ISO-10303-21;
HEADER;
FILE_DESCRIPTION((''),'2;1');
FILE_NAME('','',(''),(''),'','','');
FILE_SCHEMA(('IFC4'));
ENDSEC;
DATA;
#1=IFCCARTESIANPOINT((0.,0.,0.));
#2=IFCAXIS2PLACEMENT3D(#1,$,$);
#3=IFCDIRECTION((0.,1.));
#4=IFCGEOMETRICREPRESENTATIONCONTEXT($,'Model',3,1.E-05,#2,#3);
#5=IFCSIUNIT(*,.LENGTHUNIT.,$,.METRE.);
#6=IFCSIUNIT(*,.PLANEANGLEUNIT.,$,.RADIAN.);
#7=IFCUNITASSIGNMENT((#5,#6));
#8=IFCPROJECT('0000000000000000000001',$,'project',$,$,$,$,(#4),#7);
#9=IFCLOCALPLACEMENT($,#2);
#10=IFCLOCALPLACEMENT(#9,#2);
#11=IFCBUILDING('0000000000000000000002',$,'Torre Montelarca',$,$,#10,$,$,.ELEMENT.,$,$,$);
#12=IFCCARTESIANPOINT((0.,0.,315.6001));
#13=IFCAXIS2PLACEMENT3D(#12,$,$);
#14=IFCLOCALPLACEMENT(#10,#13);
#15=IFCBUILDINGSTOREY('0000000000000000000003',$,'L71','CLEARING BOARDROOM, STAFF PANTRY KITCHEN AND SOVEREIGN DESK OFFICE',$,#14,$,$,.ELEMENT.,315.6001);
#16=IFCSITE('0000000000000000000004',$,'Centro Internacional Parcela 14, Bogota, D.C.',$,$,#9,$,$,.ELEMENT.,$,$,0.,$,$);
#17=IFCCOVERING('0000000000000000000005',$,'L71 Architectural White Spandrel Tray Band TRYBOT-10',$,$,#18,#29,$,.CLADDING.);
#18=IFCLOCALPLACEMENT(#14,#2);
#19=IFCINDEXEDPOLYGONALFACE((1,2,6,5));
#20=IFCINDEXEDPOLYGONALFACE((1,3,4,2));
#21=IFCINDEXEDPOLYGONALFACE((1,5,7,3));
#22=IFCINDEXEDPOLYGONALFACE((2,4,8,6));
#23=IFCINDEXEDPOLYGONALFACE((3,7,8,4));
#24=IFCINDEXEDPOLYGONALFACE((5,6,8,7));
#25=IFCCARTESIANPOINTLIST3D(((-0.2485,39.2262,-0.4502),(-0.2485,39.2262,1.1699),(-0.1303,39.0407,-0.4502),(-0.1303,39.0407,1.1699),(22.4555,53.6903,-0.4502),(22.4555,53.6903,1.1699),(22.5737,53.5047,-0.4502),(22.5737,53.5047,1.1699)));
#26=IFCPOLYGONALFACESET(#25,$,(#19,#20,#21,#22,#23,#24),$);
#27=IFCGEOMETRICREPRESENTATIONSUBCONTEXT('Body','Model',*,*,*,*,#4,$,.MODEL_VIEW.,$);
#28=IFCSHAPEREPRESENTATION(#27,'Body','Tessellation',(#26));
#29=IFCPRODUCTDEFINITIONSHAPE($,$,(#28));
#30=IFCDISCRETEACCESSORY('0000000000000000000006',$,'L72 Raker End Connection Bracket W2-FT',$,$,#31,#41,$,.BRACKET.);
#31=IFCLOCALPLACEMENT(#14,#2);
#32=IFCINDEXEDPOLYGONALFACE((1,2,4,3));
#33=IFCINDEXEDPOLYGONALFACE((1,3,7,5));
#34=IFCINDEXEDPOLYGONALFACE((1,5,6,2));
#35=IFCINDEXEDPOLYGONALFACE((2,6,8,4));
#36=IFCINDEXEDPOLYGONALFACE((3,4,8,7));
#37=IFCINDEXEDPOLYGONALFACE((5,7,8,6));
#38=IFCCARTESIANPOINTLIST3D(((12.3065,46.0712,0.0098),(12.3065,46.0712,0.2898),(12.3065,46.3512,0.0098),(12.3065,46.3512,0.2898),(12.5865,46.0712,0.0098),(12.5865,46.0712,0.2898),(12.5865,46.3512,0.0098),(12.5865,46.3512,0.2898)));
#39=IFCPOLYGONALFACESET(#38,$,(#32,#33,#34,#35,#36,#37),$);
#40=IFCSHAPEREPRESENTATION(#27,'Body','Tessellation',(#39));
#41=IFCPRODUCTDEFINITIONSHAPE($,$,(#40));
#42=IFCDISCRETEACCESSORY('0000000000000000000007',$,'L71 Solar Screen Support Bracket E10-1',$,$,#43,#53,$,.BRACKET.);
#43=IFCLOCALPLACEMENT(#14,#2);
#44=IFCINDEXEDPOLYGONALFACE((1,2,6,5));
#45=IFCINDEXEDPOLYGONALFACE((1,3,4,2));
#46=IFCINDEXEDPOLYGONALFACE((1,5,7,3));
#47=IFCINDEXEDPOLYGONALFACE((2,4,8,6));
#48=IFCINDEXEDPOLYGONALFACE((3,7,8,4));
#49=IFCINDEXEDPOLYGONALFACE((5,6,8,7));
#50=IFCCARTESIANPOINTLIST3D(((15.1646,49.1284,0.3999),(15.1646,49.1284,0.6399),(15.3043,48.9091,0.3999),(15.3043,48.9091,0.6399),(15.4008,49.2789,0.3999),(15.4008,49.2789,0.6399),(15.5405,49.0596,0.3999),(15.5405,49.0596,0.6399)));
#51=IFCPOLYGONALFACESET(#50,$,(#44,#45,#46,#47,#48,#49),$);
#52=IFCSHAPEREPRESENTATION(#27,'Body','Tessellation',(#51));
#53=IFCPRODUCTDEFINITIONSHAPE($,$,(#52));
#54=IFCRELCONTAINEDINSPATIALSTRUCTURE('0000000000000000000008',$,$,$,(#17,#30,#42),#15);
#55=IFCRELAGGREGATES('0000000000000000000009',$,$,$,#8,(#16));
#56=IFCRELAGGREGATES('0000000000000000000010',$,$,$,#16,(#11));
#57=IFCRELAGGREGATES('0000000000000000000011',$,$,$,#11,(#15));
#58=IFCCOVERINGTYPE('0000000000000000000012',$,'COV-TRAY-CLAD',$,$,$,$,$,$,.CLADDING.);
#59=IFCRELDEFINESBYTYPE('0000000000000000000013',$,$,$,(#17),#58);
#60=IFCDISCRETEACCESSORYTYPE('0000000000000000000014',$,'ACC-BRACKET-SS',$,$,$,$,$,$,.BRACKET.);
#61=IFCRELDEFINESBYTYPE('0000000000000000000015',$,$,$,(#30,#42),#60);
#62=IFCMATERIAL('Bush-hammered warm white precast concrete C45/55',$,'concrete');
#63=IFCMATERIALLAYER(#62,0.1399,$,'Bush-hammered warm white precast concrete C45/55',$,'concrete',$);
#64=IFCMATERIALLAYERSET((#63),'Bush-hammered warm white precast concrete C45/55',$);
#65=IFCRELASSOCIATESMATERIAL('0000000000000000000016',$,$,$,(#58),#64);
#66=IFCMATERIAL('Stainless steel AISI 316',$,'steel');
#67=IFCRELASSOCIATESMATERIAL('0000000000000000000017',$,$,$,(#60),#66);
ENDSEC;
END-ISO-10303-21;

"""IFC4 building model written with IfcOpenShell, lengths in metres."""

from ifc_helpers import new_model, si_unit, direction, frame, origin, origin_2d, place, context, subcontext, project, spatial, rectangle, extrude, source, transform, mapped, material, layer, layer_set, type_object, element, save


model = new_model("IFC4")

# Units and contexts
model_context = context("Model", 3, precision=1e-05, world=origin(), true_north=direction((0.0, 1.0)))
body_context = subcontext(model_context, "Body", "Model", "MODEL_VIEW")
ifc_project = project(units=[si_unit("LENGTHUNIT", "METRE"), si_unit("PLANEANGLEUNIT", "RADIAN")], contexts=[model_context])

# Site, building, storey
site_placement = place(None, origin())
site = spatial("IfcSite", under=ifc_project, at=site_placement, Name="Centro Internacional Parcela 14, Bogota, D.C.", CompositionType="ELEMENT", RefElevation=0.0)
building_placement = place(site_placement, origin())
building = spatial("IfcBuilding", under=site, at=building_placement, Name="Torre Montelarca", CompositionType="ELEMENT")
storey_placement = place(building_placement, frame((0.0, 0.0, 315.6001)))
storey = spatial("IfcBuildingStorey", under=building, at=storey_placement, Name="L71", Description="CLEARING BOARDROOM, STAFF PANTRY KITCHEN AND SOVEREIGN DESK OFFICE", CompositionType="ELEMENT", Elevation=315.6001)

# Covering
ifc_material_1 = material(Name="Bush-hammered warm white precast concrete C45/55", Category="concrete")
ifc_layer_1 = layer(ifc_material_1, 0.1399, Name="Bush-hammered warm white precast concrete C45/55", Category="concrete")
ifc_layer_set_1 = layer_set([ifc_layer_1], Name="Bush-hammered warm white precast concrete C45/55")
covering_type = type_object("IfcCoveringType", Name="COV-TRAY-CLAD", PredefinedType="CLADDING", material=ifc_layer_set_1)
shared_shape_1 = source(origin(), body_context, "Body", "SweptSolid", [
    extrude(rectangle(XDim=26.9199, YDim=0.22, at=origin_2d()), origin(), (0.0, 0.0, 1.0), 1.6201),
])
covering_1_placement = place(storey_placement, frame((11.1626, 46.3655, -0.4502), z_axis=(0.0, 0.0, 1.0), x_axis=(-0.843392, -0.537298, 0.0)))
element("IfcCovering", 1, at=covering_1_placement, inside=storey, type_object=covering_type, Name="L71 Architectural White Spandrel Tray Band TRYBOT-10", PredefinedType="CLADDING", context=body_context, shape_type="MappedRepresentation", body=[
    mapped(shared_shape_1, transform((0.0, 0.0, 0.0), scale=1.0)),
])

# Discrete accessories
ifc_material_2 = material(Name="Stainless steel AISI 316", Category="steel")
discrete_accessory_type = type_object("IfcDiscreteAccessoryType", Name="ACC-BRACKET-SS", PredefinedType="BRACKET", material=ifc_material_2)
shared_shape_2 = source(origin(), body_context, "Body", "SweptSolid", [
    extrude(rectangle(XDim=0.28, YDim=0.28, at=origin_2d()), origin(), (0.0, 0.0, 1.0), 0.28),
])
discrete_accessory_1_placement = place(storey_placement, frame((12.4465, 46.2112, 0.0098), z_axis=(0.0, 0.0, 1.0), x_axis=(1.0, 0.0, 0.0)))
element("IfcDiscreteAccessory", 2, at=discrete_accessory_1_placement, inside=storey, type_object=discrete_accessory_type, Name="L72 Raker End Connection Bracket W2-FT", PredefinedType="BRACKET", context=body_context, shape_type="MappedRepresentation", body=[
    mapped(shared_shape_2, transform((0.0, 0.0, 0.0), scale=1.0)),
])
shared_shape_3 = source(origin(), body_context, "Body", "SweptSolid", [
    extrude(rectangle(XDim=0.28, YDim=0.26, at=origin_2d()), origin(), (0.0, 0.0, 1.0), 0.24),
])
discrete_accessory_2_placement = place(storey_placement, frame((15.3525, 49.094, 0.3999), z_axis=(0.0, 0.0, 1.0), x_axis=(-0.843392, -0.537298, 0.0)))
element("IfcDiscreteAccessory", 3, at=discrete_accessory_2_placement, inside=storey, type_object=discrete_accessory_type, Name="L71 Solar Screen Support Bracket E10-1", PredefinedType="BRACKET", context=body_context, shape_type="MappedRepresentation", body=[
    mapped(shared_shape_3, transform((0.0, 0.0, 0.0), scale=1.0)),
])

save(model, "model.ifc")
